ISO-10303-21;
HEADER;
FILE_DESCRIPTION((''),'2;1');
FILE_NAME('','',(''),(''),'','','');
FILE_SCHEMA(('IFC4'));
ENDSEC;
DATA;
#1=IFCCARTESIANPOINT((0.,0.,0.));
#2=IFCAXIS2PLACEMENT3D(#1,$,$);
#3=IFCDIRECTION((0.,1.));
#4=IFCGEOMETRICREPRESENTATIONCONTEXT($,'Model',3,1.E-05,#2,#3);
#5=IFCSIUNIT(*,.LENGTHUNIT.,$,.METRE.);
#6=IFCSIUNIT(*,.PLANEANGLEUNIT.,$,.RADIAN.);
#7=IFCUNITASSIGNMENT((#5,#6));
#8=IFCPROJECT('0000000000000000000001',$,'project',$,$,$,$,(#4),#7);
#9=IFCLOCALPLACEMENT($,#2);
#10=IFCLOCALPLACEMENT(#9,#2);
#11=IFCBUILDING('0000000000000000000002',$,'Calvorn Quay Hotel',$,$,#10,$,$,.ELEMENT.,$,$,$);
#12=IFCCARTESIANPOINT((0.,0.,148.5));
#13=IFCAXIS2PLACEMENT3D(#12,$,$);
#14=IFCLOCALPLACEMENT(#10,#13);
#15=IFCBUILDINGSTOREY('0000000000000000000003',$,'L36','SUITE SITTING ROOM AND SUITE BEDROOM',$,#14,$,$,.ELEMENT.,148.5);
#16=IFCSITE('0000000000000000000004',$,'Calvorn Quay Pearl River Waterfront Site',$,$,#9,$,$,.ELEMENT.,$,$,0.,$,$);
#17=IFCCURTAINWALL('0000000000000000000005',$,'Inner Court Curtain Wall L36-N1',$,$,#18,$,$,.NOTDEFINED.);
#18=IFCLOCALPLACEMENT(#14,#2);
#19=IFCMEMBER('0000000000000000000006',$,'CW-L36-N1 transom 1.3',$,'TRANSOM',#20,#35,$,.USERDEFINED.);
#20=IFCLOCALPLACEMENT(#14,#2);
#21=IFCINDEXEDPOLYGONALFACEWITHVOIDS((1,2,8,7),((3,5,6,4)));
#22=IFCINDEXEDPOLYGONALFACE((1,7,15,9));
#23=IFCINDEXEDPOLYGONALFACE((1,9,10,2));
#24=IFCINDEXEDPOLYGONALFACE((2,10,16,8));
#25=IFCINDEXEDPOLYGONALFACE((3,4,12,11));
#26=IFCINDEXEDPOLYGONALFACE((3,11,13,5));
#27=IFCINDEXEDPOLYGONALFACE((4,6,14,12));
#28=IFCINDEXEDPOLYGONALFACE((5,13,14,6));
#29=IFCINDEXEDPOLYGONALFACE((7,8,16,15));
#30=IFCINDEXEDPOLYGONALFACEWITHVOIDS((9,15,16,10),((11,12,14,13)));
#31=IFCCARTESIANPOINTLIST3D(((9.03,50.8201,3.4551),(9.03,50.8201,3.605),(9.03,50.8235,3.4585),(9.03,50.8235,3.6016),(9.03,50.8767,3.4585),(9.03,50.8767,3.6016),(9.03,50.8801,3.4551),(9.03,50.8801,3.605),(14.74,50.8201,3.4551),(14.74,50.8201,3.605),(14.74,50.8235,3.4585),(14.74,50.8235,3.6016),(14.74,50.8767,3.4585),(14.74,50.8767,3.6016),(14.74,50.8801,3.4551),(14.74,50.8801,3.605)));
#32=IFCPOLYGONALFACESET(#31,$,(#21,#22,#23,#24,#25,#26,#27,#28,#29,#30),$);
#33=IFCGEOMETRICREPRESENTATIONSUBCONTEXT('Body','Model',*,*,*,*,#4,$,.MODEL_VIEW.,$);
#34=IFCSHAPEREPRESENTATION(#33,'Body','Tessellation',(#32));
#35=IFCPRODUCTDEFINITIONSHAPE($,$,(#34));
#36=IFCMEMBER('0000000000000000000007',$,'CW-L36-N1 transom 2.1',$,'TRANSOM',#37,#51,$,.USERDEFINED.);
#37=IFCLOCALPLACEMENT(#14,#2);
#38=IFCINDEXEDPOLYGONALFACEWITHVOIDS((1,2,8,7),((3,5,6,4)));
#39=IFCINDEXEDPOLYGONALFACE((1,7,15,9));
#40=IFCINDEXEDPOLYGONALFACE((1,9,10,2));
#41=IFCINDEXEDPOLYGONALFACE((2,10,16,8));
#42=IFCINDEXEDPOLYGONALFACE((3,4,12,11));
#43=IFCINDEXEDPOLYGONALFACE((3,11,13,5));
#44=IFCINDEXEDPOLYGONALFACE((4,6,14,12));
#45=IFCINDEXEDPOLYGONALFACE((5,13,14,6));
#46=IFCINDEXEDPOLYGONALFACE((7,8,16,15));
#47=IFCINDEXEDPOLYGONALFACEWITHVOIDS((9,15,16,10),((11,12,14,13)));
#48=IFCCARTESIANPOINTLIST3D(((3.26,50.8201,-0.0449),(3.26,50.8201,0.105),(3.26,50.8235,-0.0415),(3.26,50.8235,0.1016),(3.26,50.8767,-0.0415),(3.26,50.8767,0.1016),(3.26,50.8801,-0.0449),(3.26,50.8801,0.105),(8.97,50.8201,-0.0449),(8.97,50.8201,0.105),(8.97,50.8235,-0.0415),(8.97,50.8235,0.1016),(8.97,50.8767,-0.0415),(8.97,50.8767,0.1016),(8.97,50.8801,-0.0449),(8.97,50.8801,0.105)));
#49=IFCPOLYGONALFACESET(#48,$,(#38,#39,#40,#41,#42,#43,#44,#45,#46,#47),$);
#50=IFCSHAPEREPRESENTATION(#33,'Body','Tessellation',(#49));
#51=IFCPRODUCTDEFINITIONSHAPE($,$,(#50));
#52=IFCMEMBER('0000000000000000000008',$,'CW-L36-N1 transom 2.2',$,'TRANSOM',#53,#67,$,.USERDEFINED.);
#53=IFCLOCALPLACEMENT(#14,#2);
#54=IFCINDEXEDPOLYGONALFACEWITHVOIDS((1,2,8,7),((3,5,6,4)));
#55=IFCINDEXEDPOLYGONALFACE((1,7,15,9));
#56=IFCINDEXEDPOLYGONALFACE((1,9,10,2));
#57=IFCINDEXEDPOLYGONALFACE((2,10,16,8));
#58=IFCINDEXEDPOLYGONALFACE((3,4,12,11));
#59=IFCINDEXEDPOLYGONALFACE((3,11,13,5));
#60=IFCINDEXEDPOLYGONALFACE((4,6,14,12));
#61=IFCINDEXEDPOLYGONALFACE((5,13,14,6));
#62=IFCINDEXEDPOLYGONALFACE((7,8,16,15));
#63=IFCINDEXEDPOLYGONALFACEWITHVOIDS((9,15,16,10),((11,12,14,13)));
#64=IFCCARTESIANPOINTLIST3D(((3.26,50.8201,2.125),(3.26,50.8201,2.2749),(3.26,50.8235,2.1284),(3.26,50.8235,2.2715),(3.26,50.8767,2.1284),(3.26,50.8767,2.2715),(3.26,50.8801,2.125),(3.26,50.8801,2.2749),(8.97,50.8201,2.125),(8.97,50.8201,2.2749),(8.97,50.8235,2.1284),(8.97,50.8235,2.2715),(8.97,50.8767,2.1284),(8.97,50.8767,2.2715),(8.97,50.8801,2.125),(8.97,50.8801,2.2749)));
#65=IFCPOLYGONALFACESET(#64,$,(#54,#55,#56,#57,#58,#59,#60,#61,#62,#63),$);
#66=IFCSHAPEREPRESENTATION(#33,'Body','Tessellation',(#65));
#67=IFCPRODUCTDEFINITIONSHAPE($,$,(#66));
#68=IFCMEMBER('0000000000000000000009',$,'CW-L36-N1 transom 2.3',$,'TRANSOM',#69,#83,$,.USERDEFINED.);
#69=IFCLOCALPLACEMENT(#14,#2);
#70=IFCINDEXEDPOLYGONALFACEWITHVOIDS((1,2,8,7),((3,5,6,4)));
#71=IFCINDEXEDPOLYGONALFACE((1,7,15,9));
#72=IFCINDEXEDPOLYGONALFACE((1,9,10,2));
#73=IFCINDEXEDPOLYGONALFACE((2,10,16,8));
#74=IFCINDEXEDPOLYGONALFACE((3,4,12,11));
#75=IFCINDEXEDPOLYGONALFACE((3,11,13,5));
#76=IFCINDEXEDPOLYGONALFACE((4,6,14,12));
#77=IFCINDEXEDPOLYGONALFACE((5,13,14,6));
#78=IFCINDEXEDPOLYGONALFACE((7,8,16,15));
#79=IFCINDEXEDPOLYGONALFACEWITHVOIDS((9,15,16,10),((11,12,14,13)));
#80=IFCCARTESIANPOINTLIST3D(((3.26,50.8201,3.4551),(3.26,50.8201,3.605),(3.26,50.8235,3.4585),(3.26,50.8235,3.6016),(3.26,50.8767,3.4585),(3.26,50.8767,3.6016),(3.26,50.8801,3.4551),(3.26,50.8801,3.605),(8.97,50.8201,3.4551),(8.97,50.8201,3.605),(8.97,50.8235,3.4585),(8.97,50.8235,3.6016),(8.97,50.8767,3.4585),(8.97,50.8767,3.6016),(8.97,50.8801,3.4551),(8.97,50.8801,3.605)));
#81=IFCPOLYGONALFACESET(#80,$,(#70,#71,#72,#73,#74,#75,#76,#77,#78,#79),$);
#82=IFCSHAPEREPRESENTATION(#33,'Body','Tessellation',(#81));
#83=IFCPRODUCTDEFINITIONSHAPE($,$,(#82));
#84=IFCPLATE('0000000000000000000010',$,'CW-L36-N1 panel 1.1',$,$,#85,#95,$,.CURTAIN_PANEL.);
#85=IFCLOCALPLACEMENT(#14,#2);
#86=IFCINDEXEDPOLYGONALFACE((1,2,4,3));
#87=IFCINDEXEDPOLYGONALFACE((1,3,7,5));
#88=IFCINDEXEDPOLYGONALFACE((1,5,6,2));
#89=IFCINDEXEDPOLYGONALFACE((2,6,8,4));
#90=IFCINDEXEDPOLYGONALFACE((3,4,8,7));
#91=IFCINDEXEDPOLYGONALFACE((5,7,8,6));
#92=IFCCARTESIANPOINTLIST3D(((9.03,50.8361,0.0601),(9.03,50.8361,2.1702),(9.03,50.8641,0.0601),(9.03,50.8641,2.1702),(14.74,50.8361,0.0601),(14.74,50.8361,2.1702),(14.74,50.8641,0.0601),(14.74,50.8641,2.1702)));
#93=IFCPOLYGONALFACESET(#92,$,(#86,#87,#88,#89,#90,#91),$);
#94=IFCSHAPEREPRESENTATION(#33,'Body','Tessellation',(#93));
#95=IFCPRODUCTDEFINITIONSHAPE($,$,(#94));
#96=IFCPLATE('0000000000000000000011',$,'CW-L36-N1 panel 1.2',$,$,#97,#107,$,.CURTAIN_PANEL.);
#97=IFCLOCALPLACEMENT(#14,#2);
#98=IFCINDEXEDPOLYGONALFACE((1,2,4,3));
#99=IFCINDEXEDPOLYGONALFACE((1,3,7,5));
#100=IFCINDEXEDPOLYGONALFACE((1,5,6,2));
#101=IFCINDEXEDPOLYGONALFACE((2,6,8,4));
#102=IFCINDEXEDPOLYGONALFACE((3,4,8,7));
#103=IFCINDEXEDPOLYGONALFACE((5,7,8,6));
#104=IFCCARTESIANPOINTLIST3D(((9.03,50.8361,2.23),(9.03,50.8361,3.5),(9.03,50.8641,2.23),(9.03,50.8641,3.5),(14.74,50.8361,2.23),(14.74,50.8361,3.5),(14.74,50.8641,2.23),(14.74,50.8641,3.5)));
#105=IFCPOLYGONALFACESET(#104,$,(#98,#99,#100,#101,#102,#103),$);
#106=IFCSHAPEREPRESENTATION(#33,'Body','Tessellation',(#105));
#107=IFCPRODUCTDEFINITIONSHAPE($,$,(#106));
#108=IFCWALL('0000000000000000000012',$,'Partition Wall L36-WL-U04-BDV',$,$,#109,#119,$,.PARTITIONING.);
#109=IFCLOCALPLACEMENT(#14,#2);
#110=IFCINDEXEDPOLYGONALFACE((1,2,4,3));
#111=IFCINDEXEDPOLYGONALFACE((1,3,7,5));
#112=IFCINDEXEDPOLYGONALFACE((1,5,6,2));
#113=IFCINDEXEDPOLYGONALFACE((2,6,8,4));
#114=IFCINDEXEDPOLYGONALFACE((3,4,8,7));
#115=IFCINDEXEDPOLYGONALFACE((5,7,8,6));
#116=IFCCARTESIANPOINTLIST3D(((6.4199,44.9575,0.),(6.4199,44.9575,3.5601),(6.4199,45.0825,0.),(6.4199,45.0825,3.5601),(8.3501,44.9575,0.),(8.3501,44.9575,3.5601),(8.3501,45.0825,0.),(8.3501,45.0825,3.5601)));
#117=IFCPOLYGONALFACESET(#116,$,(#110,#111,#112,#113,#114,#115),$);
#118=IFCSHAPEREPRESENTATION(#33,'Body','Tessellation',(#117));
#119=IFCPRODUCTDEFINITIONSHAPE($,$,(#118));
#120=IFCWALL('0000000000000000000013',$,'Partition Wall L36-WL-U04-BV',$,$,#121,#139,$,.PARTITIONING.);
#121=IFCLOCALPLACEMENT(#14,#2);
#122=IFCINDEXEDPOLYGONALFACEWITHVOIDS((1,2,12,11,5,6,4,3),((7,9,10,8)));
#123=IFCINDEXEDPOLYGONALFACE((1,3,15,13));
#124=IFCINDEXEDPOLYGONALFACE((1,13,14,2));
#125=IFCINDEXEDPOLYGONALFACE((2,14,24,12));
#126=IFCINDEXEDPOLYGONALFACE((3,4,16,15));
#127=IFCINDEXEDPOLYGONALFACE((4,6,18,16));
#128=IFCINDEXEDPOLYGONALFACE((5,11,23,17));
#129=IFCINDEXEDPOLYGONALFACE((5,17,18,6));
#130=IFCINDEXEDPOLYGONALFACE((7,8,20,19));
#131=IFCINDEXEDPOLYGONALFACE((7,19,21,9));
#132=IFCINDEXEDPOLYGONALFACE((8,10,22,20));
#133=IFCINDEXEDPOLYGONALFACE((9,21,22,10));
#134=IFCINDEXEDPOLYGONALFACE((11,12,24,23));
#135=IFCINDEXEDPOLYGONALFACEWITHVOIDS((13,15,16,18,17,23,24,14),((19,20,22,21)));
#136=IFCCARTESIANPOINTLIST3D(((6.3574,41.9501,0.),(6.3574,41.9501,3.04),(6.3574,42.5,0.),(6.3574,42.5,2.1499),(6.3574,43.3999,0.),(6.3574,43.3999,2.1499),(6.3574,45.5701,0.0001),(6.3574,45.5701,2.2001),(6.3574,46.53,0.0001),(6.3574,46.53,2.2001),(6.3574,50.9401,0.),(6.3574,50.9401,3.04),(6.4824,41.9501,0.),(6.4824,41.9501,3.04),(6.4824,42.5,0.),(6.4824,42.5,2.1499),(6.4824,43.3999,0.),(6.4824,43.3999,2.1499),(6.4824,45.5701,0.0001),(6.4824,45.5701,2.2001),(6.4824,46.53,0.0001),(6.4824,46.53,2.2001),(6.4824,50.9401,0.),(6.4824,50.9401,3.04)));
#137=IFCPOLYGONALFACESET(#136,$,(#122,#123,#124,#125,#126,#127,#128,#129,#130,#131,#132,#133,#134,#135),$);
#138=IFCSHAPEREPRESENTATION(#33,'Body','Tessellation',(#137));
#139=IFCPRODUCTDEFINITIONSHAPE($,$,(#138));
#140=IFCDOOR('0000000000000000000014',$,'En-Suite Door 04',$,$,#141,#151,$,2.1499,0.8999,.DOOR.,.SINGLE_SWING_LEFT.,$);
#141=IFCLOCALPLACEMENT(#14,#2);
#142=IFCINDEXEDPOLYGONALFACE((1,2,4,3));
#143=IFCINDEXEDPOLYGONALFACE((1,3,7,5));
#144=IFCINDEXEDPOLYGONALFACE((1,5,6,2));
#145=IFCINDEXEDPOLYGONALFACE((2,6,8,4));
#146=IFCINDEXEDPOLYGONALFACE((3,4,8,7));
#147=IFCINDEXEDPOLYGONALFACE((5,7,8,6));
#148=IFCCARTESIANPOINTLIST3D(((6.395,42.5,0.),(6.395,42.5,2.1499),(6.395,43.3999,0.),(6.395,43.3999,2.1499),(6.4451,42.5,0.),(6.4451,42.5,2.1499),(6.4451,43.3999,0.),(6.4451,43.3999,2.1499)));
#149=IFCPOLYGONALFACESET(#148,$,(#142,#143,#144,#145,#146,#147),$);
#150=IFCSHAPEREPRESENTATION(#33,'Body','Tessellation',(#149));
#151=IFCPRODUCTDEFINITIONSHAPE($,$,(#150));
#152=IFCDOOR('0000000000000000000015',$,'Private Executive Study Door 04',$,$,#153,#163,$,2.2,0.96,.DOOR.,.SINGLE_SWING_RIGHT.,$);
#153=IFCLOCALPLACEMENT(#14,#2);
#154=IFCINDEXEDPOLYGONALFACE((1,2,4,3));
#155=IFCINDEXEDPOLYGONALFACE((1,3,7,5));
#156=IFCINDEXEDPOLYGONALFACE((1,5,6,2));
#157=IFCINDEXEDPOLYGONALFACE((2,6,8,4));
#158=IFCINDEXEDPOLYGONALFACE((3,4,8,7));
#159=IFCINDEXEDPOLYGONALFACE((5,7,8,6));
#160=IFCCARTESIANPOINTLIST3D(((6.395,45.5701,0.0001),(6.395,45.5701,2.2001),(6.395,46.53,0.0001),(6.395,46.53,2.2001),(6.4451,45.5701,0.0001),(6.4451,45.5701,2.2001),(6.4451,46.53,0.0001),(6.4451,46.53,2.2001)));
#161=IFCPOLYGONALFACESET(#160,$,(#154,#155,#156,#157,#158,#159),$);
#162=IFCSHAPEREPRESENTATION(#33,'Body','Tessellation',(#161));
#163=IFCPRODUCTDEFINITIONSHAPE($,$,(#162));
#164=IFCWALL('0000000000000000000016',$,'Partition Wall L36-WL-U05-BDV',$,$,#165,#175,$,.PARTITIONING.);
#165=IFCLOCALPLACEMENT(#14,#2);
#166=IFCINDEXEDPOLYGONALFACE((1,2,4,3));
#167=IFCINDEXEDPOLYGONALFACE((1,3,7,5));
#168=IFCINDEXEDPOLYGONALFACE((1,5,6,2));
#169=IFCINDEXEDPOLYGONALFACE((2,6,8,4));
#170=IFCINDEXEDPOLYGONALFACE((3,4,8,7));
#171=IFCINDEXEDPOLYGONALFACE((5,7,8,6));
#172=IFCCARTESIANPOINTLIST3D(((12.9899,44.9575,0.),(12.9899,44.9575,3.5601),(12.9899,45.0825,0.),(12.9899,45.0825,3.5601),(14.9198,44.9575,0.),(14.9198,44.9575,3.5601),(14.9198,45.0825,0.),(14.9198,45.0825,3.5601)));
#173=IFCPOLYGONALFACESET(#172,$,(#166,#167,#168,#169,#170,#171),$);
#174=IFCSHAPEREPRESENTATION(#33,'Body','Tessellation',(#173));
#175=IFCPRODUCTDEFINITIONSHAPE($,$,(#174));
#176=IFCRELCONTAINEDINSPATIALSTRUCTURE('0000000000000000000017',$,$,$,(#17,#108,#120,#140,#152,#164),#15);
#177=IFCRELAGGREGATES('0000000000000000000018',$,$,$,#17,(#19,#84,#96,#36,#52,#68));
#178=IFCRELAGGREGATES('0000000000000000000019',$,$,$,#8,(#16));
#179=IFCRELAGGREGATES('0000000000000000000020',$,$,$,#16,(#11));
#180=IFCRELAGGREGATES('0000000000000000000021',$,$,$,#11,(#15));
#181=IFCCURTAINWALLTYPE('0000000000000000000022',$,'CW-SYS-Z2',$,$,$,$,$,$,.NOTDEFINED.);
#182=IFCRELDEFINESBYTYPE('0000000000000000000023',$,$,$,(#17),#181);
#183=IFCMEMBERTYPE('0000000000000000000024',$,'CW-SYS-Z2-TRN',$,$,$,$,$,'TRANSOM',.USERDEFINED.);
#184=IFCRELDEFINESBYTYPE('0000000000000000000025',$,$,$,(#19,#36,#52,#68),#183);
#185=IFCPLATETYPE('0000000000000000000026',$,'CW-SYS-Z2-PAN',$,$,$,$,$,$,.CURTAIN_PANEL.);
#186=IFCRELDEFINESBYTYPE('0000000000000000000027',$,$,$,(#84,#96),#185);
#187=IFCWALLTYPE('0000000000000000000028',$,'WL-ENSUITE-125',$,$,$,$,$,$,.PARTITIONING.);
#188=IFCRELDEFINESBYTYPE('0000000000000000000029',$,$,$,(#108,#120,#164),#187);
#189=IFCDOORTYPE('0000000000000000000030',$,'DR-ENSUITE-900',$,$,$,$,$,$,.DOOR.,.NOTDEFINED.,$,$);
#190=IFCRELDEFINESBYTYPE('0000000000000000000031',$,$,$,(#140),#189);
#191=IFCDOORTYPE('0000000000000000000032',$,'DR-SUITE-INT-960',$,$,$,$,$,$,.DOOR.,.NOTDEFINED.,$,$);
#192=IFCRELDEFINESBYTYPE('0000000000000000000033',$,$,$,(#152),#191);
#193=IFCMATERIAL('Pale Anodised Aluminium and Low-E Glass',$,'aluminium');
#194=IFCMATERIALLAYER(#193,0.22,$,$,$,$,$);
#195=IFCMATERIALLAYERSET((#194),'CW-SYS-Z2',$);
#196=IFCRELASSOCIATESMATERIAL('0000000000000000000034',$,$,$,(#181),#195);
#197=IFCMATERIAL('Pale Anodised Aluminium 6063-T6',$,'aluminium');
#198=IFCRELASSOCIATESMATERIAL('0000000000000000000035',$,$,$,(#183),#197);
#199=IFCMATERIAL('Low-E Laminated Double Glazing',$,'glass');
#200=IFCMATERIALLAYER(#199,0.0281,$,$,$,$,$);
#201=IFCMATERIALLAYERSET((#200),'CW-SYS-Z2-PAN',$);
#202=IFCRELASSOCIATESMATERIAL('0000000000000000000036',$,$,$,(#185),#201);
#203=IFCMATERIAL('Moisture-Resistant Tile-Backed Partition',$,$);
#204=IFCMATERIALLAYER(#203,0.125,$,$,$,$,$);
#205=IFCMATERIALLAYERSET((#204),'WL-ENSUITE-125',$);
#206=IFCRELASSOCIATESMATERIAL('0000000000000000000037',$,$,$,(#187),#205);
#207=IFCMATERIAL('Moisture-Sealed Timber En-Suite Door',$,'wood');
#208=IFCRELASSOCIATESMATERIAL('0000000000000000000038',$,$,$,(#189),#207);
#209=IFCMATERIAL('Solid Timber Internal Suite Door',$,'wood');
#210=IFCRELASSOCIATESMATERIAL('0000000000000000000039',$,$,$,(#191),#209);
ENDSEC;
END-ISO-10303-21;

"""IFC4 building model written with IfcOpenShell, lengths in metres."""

from ifc_helpers import new_model, si_unit, direction, frame, frame_2d, origin, origin_2d, place, context, subcontext, project, spatial, rectangle, hollow_rectangle, extrude, material, layer, layer_set, material_profile, profile_set, type_object, element, fill, aggregate, save


model = new_model("IFC4")

# Units and contexts
model_context = context("Model", 3, precision=1e-05, world=origin(), true_north=direction((0.0, 1.0)))
body_context = subcontext(model_context, "Body", "Model", "MODEL_VIEW")
ifc_project = project(units=[si_unit("LENGTHUNIT", "METRE"), si_unit("PLANEANGLEUNIT", "RADIAN")], contexts=[model_context])

# Site, building, storey
site_placement = place(None, origin())
site = spatial("IfcSite", under=ifc_project, at=site_placement, Name="Calvorn Quay Pearl River Waterfront Site", CompositionType="ELEMENT", RefElevation=0.0)
building_placement = place(site_placement, origin())
building = spatial("IfcBuilding", under=site, at=building_placement, Name="Calvorn Quay Hotel", CompositionType="ELEMENT")
storey_placement = place(building_placement, frame((0.0, 0.0, 148.5)))
storey = spatial("IfcBuildingStorey", under=building, at=storey_placement, Name="L36", Description="SUITE SITTING ROOM AND SUITE BEDROOM", CompositionType="ELEMENT", Elevation=148.5)

# Curtain wall, members, plates
ifc_material_1 = material(Name="Pale Anodised Aluminium and Low-E Glass", Category="aluminium")
ifc_layer_1 = layer(ifc_material_1, 0.22)
ifc_layer_set_1 = layer_set([ifc_layer_1], Name="CW-SYS-Z2")
curtain_wall_type = type_object("IfcCurtainWallType", Name="CW-SYS-Z2", PredefinedType="NOTDEFINED", material=ifc_layer_set_1)
curtain_wall_placement = place(storey_placement, origin())
curtain_wall = element("IfcCurtainWall", 1, at=curtain_wall_placement, inside=storey, type_object=curtain_wall_type, Name="Inner Court Curtain Wall L36-N1", PredefinedType="NOTDEFINED")
ifc_material_2 = material(Name="Pale Anodised Aluminium 6063-T6", Category="aluminium")
ifc_material_profile_1 = material_profile(ifc_material_2, hollow_rectangle(XDim=0.0601, YDim=0.1499, WallThickness=0.0034, at=origin_2d()), Name="ALU-T150x60x3.5")
ifc_profile_set_1 = profile_set([ifc_material_profile_1], Name="Pale Anodised Aluminium 6063-T6")
member_type_1 = type_object("IfcMemberType", Name="CW-SYS-Z2-TRN", ElementType="TRANSOM", PredefinedType="USERDEFINED", material=ifc_profile_set_1)
member_1_placement = place(storey_placement, frame((14.74, 50.8501, 3.53), z_axis=(-1.0, 0.0, 0.0), x_axis=(0.0, -1.0, 0.0)))
member_1 = element("IfcMember", 2, at=member_1_placement, type_object=member_type_1, Name="CW-L36-N1 transom 1.3", ObjectType="TRANSOM", PredefinedType="USERDEFINED", context=body_context, shape_type="SweptSolid", body=[
    extrude(hollow_rectangle(XDim=0.0601, YDim=0.1499, WallThickness=0.0034, at=origin_2d()), origin(), (0.0, 0.0, 1.0), 5.71),
])
member_2_placement = place(storey_placement, frame((8.97, 50.8501, 0.03), z_axis=(-1.0, 0.0, 0.0), x_axis=(0.0, -1.0, 0.0)))
member_2 = element("IfcMember", 3, at=member_2_placement, type_object=member_type_1, Name="CW-L36-N1 transom 2.1", ObjectType="TRANSOM", PredefinedType="USERDEFINED", context=body_context, shape_type="SweptSolid", body=[
    extrude(hollow_rectangle(XDim=0.0601, YDim=0.1499, WallThickness=0.0034, at=origin_2d()), origin(), (0.0, 0.0, 1.0), 5.71),
])
member_3_placement = place(storey_placement, frame((8.97, 50.8501, 2.2), z_axis=(-1.0, 0.0, 0.0), x_axis=(0.0, -1.0, 0.0)))
member_3 = element("IfcMember", 4, at=member_3_placement, type_object=member_type_1, Name="CW-L36-N1 transom 2.2", ObjectType="TRANSOM", PredefinedType="USERDEFINED", context=body_context, shape_type="SweptSolid", body=[
    extrude(hollow_rectangle(XDim=0.0601, YDim=0.1499, WallThickness=0.0034, at=origin_2d()), origin(), (0.0, 0.0, 1.0), 5.71),
])
member_4_placement = place(storey_placement, frame((8.97, 50.8501, 3.53), z_axis=(-1.0, 0.0, 0.0), x_axis=(0.0, -1.0, 0.0)))
member_4 = element("IfcMember", 5, at=member_4_placement, type_object=member_type_1, Name="CW-L36-N1 transom 2.3", ObjectType="TRANSOM", PredefinedType="USERDEFINED", context=body_context, shape_type="SweptSolid", body=[
    extrude(hollow_rectangle(XDim=0.0601, YDim=0.1499, WallThickness=0.0034, at=origin_2d()), origin(), (0.0, 0.0, 1.0), 5.71),
])
ifc_material_3 = material(Name="Low-E Laminated Double Glazing", Category="glass")
ifc_layer_2 = layer(ifc_material_3, 0.0281)
ifc_layer_set_2 = layer_set([ifc_layer_2], Name="CW-SYS-Z2-PAN")
plate_type = type_object("IfcPlateType", Name="CW-SYS-Z2-PAN", PredefinedType="CURTAIN_PANEL", material=ifc_layer_set_2)
plate_1_placement = place(storey_placement, frame((11.885, 50.8501, 0.0601), z_axis=(0.0, 0.0, 1.0), x_axis=(-1.0, 0.0, 0.0)))
plate_1 = element("IfcPlate", 6, at=plate_1_placement, type_object=plate_type, Name="CW-L36-N1 panel 1.1", PredefinedType="CURTAIN_PANEL", context=body_context, shape_type="SweptSolid", body=[
    extrude(rectangle(XDim=5.71, YDim=0.0281, at=origin_2d()), origin(), (0.0, 0.0, 1.0), 2.1101),
])
plate_2_placement = place(storey_placement, frame((11.885, 50.8501, 2.23), z_axis=(0.0, 0.0, 1.0), x_axis=(-1.0, 0.0, 0.0)))
plate_2 = element("IfcPlate", 7, at=plate_2_placement, type_object=plate_type, Name="CW-L36-N1 panel 1.2", PredefinedType="CURTAIN_PANEL", context=body_context, shape_type="SweptSolid", body=[
    extrude(rectangle(XDim=5.71, YDim=0.0281, at=origin_2d()), origin(), (0.0, 0.0, 1.0), 1.27),
])
aggregate(curtain_wall, [member_1, plate_1, plate_2, member_2, member_3, member_4])

# Wall
ifc_material_4 = material(Name="Moisture-Resistant Tile-Backed Partition")
ifc_layer_3 = layer(ifc_material_4, 0.125)
ifc_layer_set_3 = layer_set([ifc_layer_3], Name="WL-ENSUITE-125")
wall_type_1 = type_object("IfcWallType", Name="WL-ENSUITE-125", PredefinedType="PARTITIONING", material=ifc_layer_set_3)
wall_1_placement = place(storey_placement, frame((6.4199, 45.02, 0.0), z_axis=(0.0, 0.0, 1.0), x_axis=(1.0, 0.0, 0.0)))
element("IfcWall", 8, at=wall_1_placement, inside=storey, type_object=wall_type_1, Name="Partition Wall L36-WL-U04-BDV", PredefinedType="PARTITIONING", context=body_context, shape_type="SweptSolid", body=[
    extrude(rectangle(XDim=1.9302, YDim=0.125, at=frame_2d((0.9651, 0.0))), origin(), (0.0, 0.0, 1.0), 3.5601),
])

# Wall, openings, doors
wall_2_placement = place(storey_placement, frame((6.4199, 41.95, 0.0), z_axis=(0.0, 0.0, 1.0), x_axis=(0.0, 1.0, 0.0)))
wall_2 = element("IfcWall", 9, at=wall_2_placement, inside=storey, type_object=wall_type_1, Name="Partition Wall L36-WL-U04-BV", PredefinedType="PARTITIONING", context=body_context, shape_type="SweptSolid", body=[
    extrude(rectangle(XDim=8.99, YDim=0.125, at=frame_2d((4.4951, 0.0))), origin(), (0.0, 0.0, 1.0), 3.04),
])
opening_1_placement = place(wall_2_placement, frame((0.55, 0.0, 0.0)))
opening_1 = element("IfcOpeningElement", 10, at=opening_1_placement, cuts=wall_2, PredefinedType="OPENING", context=body_context, shape_type="SweptSolid", body=[
    extrude(rectangle(XDim=0.8999, YDim=2.1499, at=frame_2d((0.45, 1.075))), frame((0.0, 0.0725, 0.0), z_axis=(0.0, -1.0, 0.0), x_axis=(1.0, 0.0, 0.0)), (0.0, 0.0, 1.0), 0.145),
])
opening_2_placement = place(wall_2_placement, frame((3.6201, 0.0, 0.0)))
opening_2 = element("IfcOpeningElement", 11, at=opening_2_placement, cuts=wall_2, PredefinedType="OPENING", context=body_context, shape_type="SweptSolid", body=[
    extrude(rectangle(XDim=0.96, YDim=2.2, at=frame_2d((0.48, 1.1001))), frame((0.0, 0.0725, 0.0), z_axis=(0.0, -1.0, 0.0), x_axis=(1.0, 0.0, 0.0)), (0.0, 0.0, 1.0), 0.145),
])
ifc_material_5 = material(Name="Moisture-Sealed Timber En-Suite Door", Category="wood")
door_type_1 = type_object("IfcDoorType", Name="DR-ENSUITE-900", OperationType="NOTDEFINED", PredefinedType="DOOR", material=ifc_material_5)
door_1_placement = place(opening_1_placement, origin())
door_1 = element("IfcDoor", 12, at=door_1_placement, inside=storey, type_object=door_type_1, Name="En-Suite Door 04", OperationType="SINGLE_SWING_LEFT", OverallHeight=2.1499, OverallWidth=0.8999, PredefinedType="DOOR", context=body_context, shape_type="SweptSolid", body=[
    extrude(rectangle(XDim=0.8999, YDim=2.1499, at=frame_2d((0.45, 1.075))), frame((0.0, 0.0249, 0.0), z_axis=(0.0, -1.0, 0.0), x_axis=(1.0, 0.0, 0.0)), (0.0, 0.0, 1.0), 0.05),
])
fill(opening_1, door_1)
ifc_material_6 = material(Name="Solid Timber Internal Suite Door", Category="wood")
door_type_2 = type_object("IfcDoorType", Name="DR-SUITE-INT-960", OperationType="NOTDEFINED", PredefinedType="DOOR", material=ifc_material_6)
door_2_placement = place(opening_2_placement, origin())
door_2 = element("IfcDoor", 13, at=door_2_placement, inside=storey, type_object=door_type_2, Name="Private Executive Study Door 04", OperationType="SINGLE_SWING_RIGHT", OverallHeight=2.2, OverallWidth=0.96, PredefinedType="DOOR", context=body_context, shape_type="SweptSolid", body=[
    extrude(rectangle(XDim=0.96, YDim=2.2, at=frame_2d((0.48, 1.1001))), frame((0.0, 0.0249, 0.0), z_axis=(0.0, -1.0, 0.0), x_axis=(1.0, 0.0, 0.0)), (0.0, 0.0, 1.0), 0.05),
])
fill(opening_2, door_2)

# Wall
wall_3_placement = place(storey_placement, frame((12.99, 45.02, 0.0), z_axis=(0.0, 0.0, 1.0), x_axis=(1.0, 0.0, 0.0)))
element("IfcWall", 14, at=wall_3_placement, inside=storey, type_object=wall_type_1, Name="Partition Wall L36-WL-U05-BDV", PredefinedType="PARTITIONING", context=body_context, shape_type="SweptSolid", body=[
    extrude(rectangle(XDim=1.9299, YDim=0.125, at=frame_2d((0.9648, 0.0))), origin(), (0.0, 0.0, 1.0), 3.5601),
])

save(model, "model.ifc")
